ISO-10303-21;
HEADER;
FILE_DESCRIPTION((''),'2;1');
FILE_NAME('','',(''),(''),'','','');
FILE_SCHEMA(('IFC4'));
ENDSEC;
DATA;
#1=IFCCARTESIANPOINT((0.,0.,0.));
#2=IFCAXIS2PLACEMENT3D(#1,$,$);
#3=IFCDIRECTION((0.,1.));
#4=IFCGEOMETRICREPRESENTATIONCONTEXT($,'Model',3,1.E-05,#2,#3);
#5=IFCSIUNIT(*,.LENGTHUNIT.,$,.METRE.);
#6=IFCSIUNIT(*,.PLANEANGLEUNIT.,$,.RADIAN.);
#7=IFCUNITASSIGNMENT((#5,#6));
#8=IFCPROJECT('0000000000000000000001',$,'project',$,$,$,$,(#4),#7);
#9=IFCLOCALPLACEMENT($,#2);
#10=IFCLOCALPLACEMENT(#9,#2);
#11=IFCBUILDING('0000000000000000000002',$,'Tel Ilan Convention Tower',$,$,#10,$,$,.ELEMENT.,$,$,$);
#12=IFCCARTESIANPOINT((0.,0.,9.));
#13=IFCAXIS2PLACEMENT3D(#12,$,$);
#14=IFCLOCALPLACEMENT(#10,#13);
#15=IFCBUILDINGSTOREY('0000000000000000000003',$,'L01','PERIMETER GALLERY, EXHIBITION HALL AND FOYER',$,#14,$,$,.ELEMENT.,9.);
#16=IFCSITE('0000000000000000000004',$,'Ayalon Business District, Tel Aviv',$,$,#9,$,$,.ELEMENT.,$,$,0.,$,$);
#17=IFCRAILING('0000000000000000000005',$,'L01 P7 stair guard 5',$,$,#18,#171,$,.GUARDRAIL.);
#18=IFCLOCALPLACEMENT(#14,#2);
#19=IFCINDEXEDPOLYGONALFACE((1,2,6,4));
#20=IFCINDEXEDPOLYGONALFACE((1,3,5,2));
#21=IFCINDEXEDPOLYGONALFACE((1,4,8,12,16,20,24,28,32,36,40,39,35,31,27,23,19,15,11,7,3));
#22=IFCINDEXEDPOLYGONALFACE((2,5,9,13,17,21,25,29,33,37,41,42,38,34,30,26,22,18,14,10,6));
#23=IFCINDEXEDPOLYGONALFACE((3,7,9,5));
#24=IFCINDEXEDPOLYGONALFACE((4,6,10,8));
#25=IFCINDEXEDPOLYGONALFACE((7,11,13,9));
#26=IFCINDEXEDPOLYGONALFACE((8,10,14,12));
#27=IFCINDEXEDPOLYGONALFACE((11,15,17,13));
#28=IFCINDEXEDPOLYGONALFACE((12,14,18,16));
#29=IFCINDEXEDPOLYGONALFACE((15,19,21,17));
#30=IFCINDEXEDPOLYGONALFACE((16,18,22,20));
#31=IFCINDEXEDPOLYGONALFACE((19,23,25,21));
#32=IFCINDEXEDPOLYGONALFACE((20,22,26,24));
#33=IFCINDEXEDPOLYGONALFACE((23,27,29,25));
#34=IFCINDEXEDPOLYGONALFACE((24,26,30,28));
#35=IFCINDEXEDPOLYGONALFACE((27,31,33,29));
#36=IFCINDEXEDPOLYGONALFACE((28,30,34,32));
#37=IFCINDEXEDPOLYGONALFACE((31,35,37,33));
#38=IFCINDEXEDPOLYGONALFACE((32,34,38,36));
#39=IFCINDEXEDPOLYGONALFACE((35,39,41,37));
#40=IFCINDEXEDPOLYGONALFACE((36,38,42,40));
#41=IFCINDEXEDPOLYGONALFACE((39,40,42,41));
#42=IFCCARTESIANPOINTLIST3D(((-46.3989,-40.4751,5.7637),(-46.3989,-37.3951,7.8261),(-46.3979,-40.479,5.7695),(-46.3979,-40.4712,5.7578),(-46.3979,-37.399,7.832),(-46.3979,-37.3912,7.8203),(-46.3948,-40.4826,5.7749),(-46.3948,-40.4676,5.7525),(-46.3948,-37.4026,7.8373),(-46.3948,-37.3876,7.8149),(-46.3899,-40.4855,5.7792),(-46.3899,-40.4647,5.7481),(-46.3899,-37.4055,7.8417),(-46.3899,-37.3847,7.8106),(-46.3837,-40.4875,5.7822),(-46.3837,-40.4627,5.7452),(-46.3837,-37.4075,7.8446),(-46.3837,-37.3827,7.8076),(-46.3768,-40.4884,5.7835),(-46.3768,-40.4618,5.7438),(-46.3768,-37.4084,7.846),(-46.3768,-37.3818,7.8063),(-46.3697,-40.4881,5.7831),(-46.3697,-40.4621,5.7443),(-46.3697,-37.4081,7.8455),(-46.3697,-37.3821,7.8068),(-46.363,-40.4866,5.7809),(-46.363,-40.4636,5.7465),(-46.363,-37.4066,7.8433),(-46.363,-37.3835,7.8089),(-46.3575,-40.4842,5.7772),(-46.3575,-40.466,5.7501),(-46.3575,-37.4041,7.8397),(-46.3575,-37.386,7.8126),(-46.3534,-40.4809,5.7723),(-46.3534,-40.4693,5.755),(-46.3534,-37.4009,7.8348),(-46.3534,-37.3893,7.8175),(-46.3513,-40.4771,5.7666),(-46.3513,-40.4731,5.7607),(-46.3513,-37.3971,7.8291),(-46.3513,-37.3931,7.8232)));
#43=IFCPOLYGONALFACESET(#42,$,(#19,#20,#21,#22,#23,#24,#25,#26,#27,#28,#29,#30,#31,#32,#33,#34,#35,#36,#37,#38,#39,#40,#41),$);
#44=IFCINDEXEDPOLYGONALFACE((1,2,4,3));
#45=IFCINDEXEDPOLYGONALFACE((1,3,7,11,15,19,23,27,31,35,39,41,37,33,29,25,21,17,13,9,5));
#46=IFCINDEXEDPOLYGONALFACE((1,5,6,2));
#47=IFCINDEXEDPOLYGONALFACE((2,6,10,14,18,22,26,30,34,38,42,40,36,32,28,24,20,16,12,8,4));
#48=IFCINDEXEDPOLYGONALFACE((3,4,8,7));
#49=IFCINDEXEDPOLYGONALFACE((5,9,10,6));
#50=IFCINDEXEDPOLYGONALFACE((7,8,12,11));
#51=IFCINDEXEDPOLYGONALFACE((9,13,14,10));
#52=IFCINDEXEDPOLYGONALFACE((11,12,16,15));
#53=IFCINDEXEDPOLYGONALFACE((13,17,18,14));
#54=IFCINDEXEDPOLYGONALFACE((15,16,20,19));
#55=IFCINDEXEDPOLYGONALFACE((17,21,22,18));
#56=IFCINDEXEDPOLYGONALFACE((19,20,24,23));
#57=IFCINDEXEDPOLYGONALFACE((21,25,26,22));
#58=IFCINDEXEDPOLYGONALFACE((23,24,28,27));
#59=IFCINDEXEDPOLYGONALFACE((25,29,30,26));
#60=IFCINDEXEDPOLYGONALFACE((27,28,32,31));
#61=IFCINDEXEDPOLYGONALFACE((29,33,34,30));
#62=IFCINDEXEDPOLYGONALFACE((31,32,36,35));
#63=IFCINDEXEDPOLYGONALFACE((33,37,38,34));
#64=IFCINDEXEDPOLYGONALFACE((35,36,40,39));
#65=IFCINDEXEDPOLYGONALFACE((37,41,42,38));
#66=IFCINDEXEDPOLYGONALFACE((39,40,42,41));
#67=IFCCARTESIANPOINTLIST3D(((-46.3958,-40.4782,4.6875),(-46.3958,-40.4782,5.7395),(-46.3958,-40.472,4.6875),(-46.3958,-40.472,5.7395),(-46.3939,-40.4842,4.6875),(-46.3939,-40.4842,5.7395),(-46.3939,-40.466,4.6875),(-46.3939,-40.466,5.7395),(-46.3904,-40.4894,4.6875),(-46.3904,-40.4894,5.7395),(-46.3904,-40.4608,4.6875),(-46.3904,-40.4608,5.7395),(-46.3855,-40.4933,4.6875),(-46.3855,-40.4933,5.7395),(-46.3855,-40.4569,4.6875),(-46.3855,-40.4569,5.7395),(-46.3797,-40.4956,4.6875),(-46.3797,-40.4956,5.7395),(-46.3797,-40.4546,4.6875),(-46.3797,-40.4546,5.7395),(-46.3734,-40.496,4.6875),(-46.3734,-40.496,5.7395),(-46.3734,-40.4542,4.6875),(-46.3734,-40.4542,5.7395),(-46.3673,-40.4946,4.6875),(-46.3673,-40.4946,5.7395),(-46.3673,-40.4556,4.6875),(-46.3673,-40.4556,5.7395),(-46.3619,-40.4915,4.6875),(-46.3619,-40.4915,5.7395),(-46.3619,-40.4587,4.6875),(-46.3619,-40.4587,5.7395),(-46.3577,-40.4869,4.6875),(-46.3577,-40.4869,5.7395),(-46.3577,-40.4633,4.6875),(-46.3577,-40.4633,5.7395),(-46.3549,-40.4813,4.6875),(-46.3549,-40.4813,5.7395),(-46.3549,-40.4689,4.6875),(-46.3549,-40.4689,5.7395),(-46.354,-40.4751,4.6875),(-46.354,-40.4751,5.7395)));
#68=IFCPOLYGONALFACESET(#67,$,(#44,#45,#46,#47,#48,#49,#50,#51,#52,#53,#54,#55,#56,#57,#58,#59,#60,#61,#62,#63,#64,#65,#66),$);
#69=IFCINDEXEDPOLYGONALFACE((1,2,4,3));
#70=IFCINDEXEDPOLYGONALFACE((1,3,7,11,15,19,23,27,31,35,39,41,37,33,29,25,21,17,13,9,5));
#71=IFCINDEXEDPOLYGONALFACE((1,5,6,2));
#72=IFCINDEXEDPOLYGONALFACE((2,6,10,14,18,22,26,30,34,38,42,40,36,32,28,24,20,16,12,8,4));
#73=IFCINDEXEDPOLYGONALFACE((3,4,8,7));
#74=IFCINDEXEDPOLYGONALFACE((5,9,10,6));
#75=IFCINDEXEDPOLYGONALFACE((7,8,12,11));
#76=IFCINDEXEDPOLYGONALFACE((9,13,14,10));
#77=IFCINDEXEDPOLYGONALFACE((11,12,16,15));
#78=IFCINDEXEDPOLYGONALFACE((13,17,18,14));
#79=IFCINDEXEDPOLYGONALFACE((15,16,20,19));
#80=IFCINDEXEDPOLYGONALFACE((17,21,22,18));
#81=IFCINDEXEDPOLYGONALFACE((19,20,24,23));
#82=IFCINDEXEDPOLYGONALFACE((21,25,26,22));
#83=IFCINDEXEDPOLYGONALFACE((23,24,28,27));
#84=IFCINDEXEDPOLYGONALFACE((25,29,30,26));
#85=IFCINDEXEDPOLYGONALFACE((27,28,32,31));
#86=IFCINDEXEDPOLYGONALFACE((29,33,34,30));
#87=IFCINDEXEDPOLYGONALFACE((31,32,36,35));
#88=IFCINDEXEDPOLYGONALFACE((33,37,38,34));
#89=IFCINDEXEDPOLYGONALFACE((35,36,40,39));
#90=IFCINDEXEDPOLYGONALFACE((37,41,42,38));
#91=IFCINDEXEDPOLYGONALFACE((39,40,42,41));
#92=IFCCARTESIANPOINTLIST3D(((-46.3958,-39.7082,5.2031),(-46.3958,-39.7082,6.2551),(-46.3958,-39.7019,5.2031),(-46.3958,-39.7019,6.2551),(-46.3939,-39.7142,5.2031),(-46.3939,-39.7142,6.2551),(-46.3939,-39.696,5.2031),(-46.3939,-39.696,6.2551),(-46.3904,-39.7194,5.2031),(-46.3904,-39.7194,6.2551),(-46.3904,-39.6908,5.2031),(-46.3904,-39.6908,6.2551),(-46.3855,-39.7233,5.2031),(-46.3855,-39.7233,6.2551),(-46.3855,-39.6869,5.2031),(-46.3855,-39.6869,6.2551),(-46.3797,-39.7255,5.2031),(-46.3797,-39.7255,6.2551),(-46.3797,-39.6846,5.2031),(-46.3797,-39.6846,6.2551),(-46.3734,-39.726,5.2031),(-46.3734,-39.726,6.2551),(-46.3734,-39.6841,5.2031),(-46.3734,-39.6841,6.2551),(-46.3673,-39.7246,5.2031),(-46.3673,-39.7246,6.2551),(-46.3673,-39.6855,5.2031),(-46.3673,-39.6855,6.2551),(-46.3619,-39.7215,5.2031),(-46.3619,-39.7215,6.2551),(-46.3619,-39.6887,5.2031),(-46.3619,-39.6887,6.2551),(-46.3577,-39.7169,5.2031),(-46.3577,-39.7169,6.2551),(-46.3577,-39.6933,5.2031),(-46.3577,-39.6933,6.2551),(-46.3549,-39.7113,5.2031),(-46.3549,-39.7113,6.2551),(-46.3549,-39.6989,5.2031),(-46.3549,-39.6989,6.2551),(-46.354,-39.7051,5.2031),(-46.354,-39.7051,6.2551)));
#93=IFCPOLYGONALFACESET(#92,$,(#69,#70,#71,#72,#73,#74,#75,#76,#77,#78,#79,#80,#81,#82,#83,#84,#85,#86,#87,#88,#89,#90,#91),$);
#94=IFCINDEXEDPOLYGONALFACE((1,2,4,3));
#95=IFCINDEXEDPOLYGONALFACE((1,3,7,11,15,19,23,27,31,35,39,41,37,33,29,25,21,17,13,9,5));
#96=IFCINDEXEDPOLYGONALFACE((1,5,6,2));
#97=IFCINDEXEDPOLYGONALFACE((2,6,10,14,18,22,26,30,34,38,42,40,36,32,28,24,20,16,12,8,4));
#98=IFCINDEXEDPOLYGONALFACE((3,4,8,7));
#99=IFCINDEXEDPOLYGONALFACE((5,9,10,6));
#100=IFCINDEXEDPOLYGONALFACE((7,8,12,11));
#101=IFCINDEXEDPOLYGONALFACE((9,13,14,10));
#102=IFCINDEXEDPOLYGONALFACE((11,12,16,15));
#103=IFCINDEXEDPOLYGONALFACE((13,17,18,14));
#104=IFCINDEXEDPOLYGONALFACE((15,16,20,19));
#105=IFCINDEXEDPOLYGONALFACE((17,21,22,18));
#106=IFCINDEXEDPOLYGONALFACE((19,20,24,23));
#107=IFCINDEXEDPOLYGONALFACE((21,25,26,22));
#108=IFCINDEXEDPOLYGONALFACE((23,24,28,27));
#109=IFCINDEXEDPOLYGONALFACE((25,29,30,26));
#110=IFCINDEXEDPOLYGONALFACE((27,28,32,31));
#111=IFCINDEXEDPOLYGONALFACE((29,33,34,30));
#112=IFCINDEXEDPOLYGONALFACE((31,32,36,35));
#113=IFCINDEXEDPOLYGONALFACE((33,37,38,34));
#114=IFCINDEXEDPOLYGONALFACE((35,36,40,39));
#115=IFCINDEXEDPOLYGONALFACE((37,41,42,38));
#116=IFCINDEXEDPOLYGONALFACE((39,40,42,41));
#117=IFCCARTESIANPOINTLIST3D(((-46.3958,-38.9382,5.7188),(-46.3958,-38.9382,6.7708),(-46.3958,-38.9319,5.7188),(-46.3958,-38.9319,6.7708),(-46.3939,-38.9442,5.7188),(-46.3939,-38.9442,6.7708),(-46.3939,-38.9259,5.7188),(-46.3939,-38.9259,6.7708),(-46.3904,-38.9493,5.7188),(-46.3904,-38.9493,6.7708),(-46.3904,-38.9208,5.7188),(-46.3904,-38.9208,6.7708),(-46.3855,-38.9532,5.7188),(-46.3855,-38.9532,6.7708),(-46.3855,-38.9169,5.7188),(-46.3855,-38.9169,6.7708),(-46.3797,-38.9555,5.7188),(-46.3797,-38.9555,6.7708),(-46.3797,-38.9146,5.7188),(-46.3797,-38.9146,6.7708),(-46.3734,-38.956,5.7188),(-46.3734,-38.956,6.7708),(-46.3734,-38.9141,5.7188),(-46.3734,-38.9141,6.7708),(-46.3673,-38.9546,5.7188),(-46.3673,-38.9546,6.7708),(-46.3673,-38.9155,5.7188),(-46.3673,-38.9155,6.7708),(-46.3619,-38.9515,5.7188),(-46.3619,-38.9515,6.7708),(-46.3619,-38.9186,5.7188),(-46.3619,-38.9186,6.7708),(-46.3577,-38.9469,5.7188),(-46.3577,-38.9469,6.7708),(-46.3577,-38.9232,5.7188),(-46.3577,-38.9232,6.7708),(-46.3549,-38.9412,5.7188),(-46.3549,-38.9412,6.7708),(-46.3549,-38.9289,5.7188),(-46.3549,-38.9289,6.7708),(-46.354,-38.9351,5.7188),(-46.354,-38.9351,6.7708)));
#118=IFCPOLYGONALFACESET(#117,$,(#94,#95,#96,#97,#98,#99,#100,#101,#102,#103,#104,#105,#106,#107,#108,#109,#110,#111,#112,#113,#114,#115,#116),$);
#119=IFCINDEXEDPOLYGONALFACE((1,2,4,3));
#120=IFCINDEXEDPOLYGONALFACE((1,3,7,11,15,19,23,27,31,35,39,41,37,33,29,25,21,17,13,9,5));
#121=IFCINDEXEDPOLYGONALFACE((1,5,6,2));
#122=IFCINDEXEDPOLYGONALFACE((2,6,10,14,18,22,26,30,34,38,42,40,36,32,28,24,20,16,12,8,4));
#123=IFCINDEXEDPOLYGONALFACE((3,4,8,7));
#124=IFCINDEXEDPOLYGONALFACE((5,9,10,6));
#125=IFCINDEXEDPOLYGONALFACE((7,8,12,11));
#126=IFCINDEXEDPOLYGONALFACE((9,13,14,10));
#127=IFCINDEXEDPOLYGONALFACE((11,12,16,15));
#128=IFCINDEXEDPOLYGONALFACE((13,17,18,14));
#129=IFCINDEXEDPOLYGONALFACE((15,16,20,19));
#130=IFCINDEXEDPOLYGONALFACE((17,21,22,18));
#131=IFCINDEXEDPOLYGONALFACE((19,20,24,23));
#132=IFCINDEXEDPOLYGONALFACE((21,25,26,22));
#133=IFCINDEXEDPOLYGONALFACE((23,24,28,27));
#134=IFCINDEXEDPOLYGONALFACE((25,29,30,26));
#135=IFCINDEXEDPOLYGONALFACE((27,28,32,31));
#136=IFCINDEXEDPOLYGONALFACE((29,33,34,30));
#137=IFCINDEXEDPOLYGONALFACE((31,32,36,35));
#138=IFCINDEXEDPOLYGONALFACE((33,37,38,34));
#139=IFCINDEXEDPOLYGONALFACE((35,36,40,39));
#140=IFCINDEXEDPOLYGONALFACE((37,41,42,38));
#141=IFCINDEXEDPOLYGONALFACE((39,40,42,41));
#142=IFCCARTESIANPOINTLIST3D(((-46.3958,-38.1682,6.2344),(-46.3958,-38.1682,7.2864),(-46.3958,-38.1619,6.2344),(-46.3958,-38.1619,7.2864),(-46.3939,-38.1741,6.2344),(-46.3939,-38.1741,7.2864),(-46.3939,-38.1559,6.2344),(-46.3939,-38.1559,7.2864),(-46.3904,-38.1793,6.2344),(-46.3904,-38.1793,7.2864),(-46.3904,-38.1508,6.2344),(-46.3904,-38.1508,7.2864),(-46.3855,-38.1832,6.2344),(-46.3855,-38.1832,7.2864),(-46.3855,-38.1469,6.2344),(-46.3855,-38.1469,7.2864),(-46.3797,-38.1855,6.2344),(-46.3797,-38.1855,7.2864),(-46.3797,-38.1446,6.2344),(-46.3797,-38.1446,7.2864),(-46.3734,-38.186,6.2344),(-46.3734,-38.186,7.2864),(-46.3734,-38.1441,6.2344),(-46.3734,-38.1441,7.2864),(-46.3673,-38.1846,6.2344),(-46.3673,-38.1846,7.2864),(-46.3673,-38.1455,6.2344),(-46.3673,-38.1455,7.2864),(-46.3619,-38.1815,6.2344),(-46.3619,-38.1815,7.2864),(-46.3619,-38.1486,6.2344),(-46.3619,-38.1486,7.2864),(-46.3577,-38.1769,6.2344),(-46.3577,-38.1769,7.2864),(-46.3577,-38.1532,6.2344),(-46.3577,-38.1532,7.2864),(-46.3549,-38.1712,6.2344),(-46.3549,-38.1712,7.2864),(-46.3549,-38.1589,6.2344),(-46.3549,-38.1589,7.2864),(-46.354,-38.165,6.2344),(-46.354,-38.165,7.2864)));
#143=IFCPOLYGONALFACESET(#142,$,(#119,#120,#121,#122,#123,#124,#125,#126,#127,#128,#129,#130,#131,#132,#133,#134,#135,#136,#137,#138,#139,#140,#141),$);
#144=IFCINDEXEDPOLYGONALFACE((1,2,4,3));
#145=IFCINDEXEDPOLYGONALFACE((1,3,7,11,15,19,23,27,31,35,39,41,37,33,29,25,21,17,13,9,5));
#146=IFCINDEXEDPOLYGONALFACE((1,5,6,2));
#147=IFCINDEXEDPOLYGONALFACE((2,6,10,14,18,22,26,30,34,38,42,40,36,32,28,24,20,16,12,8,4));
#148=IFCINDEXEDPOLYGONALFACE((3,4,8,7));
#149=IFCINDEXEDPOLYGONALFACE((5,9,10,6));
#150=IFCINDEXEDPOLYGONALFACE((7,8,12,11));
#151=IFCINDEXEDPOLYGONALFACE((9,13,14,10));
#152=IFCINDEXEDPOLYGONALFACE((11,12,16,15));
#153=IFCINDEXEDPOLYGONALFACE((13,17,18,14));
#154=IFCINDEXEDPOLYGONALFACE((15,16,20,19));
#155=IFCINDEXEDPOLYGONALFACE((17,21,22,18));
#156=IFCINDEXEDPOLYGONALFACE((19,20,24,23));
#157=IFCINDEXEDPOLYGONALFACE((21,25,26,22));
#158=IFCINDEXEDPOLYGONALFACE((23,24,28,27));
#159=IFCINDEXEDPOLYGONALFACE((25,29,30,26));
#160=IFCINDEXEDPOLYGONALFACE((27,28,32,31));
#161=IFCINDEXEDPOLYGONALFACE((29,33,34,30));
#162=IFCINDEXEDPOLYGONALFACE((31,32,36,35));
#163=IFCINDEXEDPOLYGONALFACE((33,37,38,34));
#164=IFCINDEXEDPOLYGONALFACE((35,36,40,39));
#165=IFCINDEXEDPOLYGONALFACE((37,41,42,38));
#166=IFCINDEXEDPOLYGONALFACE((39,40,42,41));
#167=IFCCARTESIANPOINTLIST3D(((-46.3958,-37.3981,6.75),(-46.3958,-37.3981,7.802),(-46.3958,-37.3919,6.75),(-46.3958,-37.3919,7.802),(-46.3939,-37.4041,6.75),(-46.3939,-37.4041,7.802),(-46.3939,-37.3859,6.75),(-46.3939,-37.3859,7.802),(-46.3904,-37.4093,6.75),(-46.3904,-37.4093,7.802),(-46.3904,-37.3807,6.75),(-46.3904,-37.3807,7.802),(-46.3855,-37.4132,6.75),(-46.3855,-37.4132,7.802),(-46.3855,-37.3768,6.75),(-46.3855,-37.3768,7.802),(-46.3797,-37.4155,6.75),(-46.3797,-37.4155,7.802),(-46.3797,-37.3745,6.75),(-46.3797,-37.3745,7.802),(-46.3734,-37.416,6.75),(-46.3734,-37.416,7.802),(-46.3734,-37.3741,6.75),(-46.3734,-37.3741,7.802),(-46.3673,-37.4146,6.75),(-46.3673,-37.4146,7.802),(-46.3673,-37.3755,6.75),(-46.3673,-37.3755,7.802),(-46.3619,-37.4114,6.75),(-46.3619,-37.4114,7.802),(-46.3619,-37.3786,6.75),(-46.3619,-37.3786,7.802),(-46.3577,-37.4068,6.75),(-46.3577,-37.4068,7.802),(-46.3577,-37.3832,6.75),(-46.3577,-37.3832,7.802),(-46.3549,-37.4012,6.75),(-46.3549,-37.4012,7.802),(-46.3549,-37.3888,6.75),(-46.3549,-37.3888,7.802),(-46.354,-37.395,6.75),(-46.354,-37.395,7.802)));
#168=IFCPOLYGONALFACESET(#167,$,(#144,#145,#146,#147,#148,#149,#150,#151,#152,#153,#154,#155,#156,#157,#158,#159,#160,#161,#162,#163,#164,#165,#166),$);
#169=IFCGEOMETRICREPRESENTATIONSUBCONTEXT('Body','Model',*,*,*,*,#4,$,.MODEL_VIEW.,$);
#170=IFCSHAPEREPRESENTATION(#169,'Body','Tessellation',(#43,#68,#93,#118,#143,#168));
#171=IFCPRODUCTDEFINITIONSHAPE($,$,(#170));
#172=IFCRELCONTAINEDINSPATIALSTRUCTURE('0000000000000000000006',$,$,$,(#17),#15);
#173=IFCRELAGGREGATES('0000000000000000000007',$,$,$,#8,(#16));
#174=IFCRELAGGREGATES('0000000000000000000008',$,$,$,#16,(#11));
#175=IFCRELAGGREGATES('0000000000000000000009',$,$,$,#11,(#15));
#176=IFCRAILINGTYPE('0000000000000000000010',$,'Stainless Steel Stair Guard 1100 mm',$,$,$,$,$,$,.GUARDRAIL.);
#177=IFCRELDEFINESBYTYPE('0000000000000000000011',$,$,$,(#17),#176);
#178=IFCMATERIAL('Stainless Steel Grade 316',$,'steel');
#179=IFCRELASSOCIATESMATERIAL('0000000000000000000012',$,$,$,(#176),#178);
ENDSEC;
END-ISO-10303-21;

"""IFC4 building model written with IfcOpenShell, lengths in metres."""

from ifc_helpers import new_model, si_unit, direction, frame, origin, origin_2d, place, context, subcontext, project, spatial, circle, extrude, material, type_object, element, save


model = new_model("IFC4")

# Units and contexts
model_context = context("Model", 3, precision=1e-05, world=origin(), true_north=direction((0.0, 1.0)))
body_context = subcontext(model_context, "Body", "Model", "MODEL_VIEW")
ifc_project = project(units=[si_unit("LENGTHUNIT", "METRE"), si_unit("PLANEANGLEUNIT", "RADIAN")], contexts=[model_context])

# Site, building, storey
site_placement = place(None, origin())
site = spatial("IfcSite", under=ifc_project, at=site_placement, Name="Ayalon Business District, Tel Aviv", CompositionType="ELEMENT", RefElevation=0.0)
building_placement = place(site_placement, origin())
building = spatial("IfcBuilding", under=site, at=building_placement, Name="Tel Ilan Convention Tower", CompositionType="ELEMENT")
storey_placement = place(building_placement, frame((0.0, 0.0, 9.0)))
storey = spatial("IfcBuildingStorey", under=building, at=storey_placement, Name="L01", Description="PERIMETER GALLERY, EXHIBITION HALL AND FOYER", CompositionType="ELEMENT", Elevation=9.0)

# Railing
ifc_material_1 = material(Name="Stainless Steel Grade 316", Category="steel")
railing_type_1 = type_object("IfcRailingType", Name="Stainless Steel Stair Guard 1100 mm", PredefinedType="GUARDRAIL", material=ifc_material_1)
railing_1_placement = place(storey_placement, frame((-46.375, -40.4751, 4.6875)))
element("IfcRailing", 1, at=railing_1_placement, inside=storey, type_object=railing_type_1, Name="L01 P7 stair guard 5", PredefinedType="GUARDRAIL", context=body_context, shape_type="SweptSolid", body=[
    extrude(circle(Radius=0.0239, at=origin_2d()), frame((0.0, 0.0, 1.0762), z_axis=(0.0, 0.830914, 0.556401), x_axis=(-1.0, 0.0, 0.0)), (0.0, 0.0, 1.0), 3.7068),
    extrude(circle(Radius=0.021, at=origin_2d()), origin(), (0.0, 0.0, 1.0), 1.052),
    extrude(circle(Radius=0.021, at=origin_2d()), frame((0.0, 0.77, 0.5156)), (0.0, 0.0, 1.0), 1.052),
    extrude(circle(Radius=0.021, at=origin_2d()), frame((0.0, 1.54, 1.0312)), (0.0, 0.0, 1.0), 1.052),
    extrude(circle(Radius=0.021, at=origin_2d()), frame((0.0, 2.3101, 1.5469)), (0.0, 0.0, 1.0), 1.052),
    extrude(circle(Radius=0.021, at=origin_2d()), frame((0.0, 3.0801, 2.0625)), (0.0, 0.0, 1.0), 1.052),
])

save(model, "model.ifc")
